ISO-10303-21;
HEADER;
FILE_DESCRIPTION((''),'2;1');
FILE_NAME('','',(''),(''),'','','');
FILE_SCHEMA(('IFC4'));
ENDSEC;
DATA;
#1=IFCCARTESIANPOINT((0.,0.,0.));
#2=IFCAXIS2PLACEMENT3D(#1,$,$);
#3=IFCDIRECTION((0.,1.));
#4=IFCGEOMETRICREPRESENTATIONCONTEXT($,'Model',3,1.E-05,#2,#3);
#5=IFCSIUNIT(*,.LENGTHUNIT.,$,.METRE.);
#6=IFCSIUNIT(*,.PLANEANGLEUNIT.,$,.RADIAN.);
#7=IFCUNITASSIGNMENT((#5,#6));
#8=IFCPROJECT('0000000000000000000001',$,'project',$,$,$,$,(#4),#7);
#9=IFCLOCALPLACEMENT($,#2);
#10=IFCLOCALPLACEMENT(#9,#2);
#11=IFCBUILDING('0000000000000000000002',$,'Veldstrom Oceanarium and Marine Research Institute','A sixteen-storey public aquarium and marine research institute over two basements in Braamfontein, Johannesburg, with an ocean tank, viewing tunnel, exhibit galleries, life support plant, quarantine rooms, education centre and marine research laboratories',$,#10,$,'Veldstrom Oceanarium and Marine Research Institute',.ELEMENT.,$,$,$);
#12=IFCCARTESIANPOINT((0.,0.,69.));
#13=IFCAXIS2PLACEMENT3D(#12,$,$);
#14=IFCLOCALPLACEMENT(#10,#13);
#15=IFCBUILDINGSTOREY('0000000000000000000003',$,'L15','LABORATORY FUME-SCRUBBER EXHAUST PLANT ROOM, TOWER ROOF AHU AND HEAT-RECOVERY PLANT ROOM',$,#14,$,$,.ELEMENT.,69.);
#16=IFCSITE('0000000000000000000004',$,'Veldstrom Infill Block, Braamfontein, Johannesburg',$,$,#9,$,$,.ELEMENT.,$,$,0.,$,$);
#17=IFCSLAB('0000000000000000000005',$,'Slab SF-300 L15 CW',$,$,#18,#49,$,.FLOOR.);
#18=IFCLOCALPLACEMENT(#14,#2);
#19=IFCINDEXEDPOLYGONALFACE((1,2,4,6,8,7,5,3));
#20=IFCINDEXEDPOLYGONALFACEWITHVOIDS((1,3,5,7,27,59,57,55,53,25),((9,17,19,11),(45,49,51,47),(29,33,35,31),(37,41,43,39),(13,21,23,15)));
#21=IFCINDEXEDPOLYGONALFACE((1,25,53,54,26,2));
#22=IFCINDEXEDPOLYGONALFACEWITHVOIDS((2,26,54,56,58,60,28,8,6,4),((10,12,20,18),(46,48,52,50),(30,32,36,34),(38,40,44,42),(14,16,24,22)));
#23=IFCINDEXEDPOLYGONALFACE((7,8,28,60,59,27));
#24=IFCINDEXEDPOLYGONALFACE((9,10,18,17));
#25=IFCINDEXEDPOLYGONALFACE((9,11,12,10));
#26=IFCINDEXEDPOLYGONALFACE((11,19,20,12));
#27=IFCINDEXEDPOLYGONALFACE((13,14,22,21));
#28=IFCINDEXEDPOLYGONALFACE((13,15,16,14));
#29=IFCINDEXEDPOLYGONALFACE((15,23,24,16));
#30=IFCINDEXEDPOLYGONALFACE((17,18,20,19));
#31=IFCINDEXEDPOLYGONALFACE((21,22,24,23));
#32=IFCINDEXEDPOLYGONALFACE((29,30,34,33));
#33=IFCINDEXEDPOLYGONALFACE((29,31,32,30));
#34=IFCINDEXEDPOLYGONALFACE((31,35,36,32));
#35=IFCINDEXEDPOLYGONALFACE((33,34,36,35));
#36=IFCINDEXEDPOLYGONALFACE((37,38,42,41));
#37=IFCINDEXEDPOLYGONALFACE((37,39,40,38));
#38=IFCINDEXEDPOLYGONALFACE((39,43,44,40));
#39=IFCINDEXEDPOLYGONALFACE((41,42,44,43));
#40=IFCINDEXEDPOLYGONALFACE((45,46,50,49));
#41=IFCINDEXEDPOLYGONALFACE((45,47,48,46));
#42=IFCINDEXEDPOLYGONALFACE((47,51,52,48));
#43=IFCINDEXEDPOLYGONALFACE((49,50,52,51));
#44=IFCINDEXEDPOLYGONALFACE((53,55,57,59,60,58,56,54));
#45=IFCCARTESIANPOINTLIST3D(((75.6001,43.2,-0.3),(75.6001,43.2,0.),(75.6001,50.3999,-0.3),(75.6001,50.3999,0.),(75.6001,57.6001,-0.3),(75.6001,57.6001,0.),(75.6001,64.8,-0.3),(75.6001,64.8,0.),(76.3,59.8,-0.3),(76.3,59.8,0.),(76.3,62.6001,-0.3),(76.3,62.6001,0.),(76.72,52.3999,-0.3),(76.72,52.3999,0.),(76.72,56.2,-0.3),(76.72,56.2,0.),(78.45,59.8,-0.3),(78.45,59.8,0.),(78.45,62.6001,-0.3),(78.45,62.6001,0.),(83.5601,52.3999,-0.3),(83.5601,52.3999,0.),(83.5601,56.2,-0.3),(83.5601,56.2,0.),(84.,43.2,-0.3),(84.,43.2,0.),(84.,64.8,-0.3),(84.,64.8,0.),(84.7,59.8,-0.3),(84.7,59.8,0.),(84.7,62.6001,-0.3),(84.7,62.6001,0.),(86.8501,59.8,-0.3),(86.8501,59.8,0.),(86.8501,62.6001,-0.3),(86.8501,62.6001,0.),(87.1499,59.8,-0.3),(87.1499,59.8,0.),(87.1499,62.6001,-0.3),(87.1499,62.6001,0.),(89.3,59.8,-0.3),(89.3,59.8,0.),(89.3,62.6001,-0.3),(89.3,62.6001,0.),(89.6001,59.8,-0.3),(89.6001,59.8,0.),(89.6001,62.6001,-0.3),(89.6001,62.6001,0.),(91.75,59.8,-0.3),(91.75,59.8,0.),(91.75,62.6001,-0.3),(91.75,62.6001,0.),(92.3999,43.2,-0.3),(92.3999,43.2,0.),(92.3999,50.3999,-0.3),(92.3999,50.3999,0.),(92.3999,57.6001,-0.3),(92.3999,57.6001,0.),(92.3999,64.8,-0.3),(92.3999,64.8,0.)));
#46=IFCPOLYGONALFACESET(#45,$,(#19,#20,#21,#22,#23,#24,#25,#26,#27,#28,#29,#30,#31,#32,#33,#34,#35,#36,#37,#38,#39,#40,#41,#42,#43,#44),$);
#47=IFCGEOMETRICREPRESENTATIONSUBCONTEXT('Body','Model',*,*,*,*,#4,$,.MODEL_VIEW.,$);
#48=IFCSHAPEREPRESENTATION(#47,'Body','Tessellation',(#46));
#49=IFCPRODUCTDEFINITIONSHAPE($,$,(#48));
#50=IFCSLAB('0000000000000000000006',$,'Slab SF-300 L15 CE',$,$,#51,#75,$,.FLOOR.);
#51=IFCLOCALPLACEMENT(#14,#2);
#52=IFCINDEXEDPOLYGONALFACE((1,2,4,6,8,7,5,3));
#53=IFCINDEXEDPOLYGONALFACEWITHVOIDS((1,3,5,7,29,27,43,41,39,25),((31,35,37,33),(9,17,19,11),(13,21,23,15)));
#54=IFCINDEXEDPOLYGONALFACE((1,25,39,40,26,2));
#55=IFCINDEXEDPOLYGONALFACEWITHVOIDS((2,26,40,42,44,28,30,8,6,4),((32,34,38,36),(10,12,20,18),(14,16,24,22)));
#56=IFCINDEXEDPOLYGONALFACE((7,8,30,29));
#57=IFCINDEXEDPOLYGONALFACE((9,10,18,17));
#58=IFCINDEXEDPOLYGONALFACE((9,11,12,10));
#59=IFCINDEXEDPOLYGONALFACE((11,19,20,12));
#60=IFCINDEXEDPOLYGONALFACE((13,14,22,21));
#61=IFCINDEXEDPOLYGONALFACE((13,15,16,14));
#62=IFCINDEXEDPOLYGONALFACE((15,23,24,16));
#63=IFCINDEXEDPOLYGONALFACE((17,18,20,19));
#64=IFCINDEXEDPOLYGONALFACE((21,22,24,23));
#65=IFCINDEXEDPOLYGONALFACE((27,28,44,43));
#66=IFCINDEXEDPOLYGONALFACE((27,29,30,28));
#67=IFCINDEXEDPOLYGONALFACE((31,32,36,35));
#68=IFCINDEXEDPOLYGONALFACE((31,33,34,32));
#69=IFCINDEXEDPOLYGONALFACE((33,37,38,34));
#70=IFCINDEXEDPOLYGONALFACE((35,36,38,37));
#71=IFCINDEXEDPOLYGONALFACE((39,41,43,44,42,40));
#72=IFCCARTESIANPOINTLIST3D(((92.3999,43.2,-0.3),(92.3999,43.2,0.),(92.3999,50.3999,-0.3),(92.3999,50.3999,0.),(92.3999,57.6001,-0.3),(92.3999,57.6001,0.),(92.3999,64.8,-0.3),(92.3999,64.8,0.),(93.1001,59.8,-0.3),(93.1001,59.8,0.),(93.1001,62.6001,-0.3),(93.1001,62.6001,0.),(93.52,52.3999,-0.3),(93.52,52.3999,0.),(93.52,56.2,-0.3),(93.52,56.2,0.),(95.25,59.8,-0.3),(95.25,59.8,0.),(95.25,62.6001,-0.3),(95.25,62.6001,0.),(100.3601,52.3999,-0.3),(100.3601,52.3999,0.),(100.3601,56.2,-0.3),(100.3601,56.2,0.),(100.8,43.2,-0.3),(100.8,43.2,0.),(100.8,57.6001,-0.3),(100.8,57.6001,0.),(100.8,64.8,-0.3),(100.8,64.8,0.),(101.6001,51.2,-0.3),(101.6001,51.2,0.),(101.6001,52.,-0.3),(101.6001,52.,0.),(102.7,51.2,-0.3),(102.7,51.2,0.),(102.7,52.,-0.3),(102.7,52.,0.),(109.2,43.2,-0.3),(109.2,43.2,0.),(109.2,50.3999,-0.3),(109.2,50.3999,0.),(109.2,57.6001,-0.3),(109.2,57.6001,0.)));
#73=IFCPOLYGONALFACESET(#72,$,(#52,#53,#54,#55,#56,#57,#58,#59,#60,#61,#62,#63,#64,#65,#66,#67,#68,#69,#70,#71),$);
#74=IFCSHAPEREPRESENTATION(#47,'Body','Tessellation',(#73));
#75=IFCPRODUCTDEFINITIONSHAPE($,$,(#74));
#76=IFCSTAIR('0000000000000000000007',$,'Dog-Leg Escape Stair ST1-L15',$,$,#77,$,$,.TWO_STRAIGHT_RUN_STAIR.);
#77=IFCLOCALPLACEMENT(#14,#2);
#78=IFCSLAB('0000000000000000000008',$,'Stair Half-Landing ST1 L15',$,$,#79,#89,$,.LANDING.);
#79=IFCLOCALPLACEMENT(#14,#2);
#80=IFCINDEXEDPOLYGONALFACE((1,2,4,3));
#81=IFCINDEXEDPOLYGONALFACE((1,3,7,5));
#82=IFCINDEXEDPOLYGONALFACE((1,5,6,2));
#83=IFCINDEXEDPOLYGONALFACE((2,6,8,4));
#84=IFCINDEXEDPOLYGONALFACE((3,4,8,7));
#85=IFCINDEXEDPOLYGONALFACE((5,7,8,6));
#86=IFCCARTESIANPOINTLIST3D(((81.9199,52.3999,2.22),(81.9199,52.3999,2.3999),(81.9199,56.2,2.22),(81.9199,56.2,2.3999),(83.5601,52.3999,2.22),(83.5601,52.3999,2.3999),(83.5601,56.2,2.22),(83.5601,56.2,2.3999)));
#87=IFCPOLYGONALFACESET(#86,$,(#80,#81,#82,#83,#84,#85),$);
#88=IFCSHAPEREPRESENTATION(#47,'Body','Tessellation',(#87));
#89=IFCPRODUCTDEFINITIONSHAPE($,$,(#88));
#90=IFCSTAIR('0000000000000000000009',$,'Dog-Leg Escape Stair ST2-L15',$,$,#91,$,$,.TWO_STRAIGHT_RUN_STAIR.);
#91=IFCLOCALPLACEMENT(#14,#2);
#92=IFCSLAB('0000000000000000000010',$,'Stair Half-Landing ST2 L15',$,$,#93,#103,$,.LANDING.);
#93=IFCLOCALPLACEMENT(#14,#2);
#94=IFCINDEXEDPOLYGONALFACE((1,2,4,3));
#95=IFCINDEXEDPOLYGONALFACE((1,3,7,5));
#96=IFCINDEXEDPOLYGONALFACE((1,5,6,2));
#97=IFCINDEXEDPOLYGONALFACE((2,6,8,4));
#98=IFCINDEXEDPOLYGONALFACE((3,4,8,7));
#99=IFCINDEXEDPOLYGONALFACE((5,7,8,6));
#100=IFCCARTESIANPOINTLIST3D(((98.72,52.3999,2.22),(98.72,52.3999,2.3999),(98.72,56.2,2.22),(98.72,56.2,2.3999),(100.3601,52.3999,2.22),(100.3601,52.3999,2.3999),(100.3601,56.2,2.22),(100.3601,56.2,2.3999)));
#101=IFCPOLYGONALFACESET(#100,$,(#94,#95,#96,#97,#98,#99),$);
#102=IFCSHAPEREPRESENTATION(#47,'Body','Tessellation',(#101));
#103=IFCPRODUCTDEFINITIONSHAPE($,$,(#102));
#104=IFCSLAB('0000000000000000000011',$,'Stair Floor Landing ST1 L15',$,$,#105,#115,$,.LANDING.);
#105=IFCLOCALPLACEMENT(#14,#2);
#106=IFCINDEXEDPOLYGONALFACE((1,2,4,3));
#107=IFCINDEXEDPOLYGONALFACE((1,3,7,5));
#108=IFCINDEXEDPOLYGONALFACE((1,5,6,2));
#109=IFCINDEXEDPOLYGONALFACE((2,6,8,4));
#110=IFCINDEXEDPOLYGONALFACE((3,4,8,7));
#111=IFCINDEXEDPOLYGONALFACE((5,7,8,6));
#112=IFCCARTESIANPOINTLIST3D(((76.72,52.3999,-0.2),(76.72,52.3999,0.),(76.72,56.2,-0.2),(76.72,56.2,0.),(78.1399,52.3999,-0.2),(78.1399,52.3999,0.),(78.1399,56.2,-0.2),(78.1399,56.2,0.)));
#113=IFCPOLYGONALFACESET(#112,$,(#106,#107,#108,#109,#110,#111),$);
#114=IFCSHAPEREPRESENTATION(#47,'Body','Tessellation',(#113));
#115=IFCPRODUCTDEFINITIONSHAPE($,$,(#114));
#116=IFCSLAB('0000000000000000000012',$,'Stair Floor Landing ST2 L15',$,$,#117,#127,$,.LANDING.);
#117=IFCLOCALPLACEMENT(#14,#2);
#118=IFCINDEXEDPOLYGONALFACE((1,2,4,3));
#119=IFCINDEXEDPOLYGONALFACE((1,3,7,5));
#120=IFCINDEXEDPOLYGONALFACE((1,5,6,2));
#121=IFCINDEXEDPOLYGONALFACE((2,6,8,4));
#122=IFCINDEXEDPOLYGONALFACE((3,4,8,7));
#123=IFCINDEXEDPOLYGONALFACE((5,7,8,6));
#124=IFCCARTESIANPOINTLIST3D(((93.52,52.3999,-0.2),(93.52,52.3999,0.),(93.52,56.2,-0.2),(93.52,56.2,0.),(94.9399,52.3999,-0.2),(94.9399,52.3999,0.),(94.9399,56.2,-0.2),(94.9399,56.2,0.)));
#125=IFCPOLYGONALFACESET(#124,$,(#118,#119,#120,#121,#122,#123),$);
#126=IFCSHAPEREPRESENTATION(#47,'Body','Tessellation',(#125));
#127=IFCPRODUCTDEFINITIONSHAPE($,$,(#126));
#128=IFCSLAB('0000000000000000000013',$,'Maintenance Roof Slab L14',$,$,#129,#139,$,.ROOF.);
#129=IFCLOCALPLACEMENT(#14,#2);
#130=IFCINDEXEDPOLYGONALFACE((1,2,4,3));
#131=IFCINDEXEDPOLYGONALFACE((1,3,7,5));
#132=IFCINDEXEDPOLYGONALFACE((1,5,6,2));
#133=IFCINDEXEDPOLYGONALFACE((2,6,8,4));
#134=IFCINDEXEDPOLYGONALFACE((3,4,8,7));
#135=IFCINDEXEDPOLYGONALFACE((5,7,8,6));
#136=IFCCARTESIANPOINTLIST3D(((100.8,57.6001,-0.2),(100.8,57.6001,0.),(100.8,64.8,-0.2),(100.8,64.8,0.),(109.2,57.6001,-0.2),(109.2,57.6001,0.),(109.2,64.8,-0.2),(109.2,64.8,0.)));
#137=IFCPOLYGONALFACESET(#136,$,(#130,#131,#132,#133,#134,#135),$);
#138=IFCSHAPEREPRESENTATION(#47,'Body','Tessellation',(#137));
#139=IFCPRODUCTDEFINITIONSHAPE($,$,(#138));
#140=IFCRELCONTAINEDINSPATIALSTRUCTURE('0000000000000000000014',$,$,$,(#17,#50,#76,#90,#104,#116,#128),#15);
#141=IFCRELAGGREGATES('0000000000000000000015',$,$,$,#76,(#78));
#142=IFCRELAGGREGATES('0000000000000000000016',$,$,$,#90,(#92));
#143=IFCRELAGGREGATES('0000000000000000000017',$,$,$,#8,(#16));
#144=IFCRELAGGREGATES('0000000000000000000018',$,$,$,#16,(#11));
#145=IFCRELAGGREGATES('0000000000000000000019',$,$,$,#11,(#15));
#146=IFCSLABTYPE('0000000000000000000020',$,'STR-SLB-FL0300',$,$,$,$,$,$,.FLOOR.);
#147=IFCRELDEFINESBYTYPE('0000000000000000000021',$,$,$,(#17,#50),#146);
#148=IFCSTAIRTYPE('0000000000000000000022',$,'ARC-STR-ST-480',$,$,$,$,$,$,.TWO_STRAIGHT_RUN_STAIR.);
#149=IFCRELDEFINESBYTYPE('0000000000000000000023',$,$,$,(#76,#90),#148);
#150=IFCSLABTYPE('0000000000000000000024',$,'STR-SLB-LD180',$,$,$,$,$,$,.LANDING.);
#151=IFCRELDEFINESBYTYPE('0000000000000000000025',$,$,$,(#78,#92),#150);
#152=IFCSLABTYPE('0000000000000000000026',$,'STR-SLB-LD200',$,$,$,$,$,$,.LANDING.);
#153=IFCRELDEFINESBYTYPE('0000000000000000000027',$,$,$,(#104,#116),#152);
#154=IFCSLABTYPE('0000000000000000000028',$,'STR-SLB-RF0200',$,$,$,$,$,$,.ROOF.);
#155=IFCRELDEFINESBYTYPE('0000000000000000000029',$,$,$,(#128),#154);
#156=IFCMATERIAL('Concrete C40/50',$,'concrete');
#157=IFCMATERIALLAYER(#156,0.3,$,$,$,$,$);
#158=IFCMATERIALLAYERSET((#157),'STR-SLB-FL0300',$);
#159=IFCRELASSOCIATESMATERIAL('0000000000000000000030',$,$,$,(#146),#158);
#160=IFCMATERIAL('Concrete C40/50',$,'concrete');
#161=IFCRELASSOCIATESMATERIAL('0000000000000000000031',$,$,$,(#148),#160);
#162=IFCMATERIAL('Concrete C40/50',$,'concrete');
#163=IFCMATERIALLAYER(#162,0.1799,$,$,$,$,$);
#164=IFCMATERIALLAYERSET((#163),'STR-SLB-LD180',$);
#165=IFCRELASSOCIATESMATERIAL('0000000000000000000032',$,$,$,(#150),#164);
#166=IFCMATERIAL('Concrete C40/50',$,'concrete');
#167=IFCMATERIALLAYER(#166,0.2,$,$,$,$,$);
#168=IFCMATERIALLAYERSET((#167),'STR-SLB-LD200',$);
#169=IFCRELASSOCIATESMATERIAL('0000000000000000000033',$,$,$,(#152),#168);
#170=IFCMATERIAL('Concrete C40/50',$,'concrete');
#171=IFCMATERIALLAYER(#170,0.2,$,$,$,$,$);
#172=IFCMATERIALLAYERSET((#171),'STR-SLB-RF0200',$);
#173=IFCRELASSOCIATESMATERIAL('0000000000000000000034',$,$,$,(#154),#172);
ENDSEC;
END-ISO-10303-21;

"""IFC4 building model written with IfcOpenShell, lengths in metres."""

from ifc_helpers import new_model, si_unit, direction, frame, origin, place, context, subcontext, project, spatial, polyline, outline, extrude, material, layer, layer_set, type_object, element, aggregate, save


model = new_model("IFC4")

# Units and contexts
model_context = context("Model", 3, precision=1e-05, world=origin(), true_north=direction((0.0, 1.0)))
body_context = subcontext(model_context, "Body", "Model", "MODEL_VIEW")
ifc_project = project(units=[si_unit("LENGTHUNIT", "METRE"), si_unit("PLANEANGLEUNIT", "RADIAN")], contexts=[model_context])

# Site, building, storey
site_placement = place(None, origin())
site = spatial("IfcSite", under=ifc_project, at=site_placement, Name="Veldstrom Infill Block, Braamfontein, Johannesburg", CompositionType="ELEMENT", RefElevation=0.0)
building_placement = place(site_placement, origin())
building = spatial("IfcBuilding", under=site, at=building_placement, Name="Veldstrom Oceanarium and Marine Research Institute", Description="A sixteen-storey public aquarium and marine research institute over two basements in Braamfontein, Johannesburg, with an ocean tank, viewing tunnel, exhibit galleries, life support plant, quarantine rooms, education centre and marine research laboratories", LongName="Veldstrom Oceanarium and Marine Research Institute", CompositionType="ELEMENT")
storey_placement = place(building_placement, frame((0.0, 0.0, 69.0)))
storey = spatial("IfcBuildingStorey", under=building, at=storey_placement, Name="L15", Description="LABORATORY FUME-SCRUBBER EXHAUST PLANT ROOM, TOWER ROOF AHU AND HEAT-RECOVERY PLANT ROOM", CompositionType="ELEMENT", Elevation=69.0)

# Slabs
ifc_material_1 = material(Name="Concrete C40/50", Category="concrete")
ifc_layer_1 = layer(ifc_material_1, 0.3)
ifc_layer_set_1 = layer_set([ifc_layer_1], Name="STR-SLB-FL0300")
slab_type_1 = type_object("IfcSlabType", Name="STR-SLB-FL0300", PredefinedType="FLOOR", material=ifc_layer_set_1)
slab_1_placement = place(storey_placement, frame((0.0, 0.0, -0.3)))
element("IfcSlab", 1, at=slab_1_placement, inside=storey, type_object=slab_type_1, Name="Slab SF-300 L15 CW", PredefinedType="FLOOR", context=body_context, shape_type="SweptSolid", body=[
    extrude(outline(polyline([(92.3999, 43.2), (84.0, 43.2), (75.6001, 43.2), (75.6001, 50.3999), (75.6001, 57.6001), (75.6001, 64.8), (84.0, 64.8), (92.3999, 64.8), (92.3999, 57.6001), (92.3999, 50.3999), (92.3999, 43.2)]), holes=[polyline([(76.72, 52.3999), (83.5601, 52.3999), (83.5601, 56.2), (76.72, 56.2), (76.72, 52.3999)]), polyline([(78.45, 62.6001), (76.3, 62.6001), (76.3, 59.8), (78.45, 59.8), (78.45, 62.6001)]), polyline([(84.7, 59.8), (86.8501, 59.8), (86.8501, 62.6001), (84.7, 62.6001), (84.7, 59.8)]), polyline([(87.1499, 62.6001), (87.1499, 59.8), (89.3, 59.8), (89.3, 62.6001), (87.1499, 62.6001)]), polyline([(91.75, 62.6001), (89.6001, 62.6001), (89.6001, 59.8), (91.75, 59.8), (91.75, 62.6001)])]), origin(), (0.0, 0.0, 1.0), 0.3),
])
slab_2_placement = place(storey_placement, frame((0.0, 0.0, -0.3)))
element("IfcSlab", 2, at=slab_2_placement, inside=storey, type_object=slab_type_1, Name="Slab SF-300 L15 CE", PredefinedType="FLOOR", context=body_context, shape_type="SweptSolid", body=[
    extrude(outline(polyline([(100.8, 43.2), (92.3999, 43.2), (92.3999, 50.3999), (92.3999, 57.6001), (92.3999, 64.8), (100.8, 64.8), (100.8, 57.6001), (109.2, 57.6001), (109.2, 50.3999), (109.2, 43.2), (100.8, 43.2)]), holes=[polyline([(93.52, 52.3999), (100.3601, 52.3999), (100.3601, 56.2), (93.52, 56.2), (93.52, 52.3999)]), polyline([(95.25, 62.6001), (93.1001, 62.6001), (93.1001, 59.8), (95.25, 59.8), (95.25, 62.6001)]), polyline([(102.7, 52.0), (101.6001, 52.0), (101.6001, 51.2), (102.7, 51.2), (102.7, 52.0)])]), origin(), (0.0, 0.0, 1.0), 0.3),
])

# Stairs, slabs
ifc_material_2 = material(Name="Concrete C40/50", Category="concrete")
stair_type = type_object("IfcStairType", Name="ARC-STR-ST-480", PredefinedType="TWO_STRAIGHT_RUN_STAIR", material=ifc_material_2)
stair_1_placement = place(storey_placement, origin())
stair_1 = element("IfcStair", 3, at=stair_1_placement, inside=storey, type_object=stair_type, Name="Dog-Leg Escape Stair ST1-L15", PredefinedType="TWO_STRAIGHT_RUN_STAIR")
ifc_material_3 = material(Name="Concrete C40/50", Category="concrete")
ifc_layer_2 = layer(ifc_material_3, 0.1799)
ifc_layer_set_2 = layer_set([ifc_layer_2], Name="STR-SLB-LD180")
slab_type_2 = type_object("IfcSlabType", Name="STR-SLB-LD180", PredefinedType="LANDING", material=ifc_layer_set_2)
slab_3_placement = place(storey_placement, frame((0.0, 0.0, 2.22)))
slab_3 = element("IfcSlab", 4, at=slab_3_placement, type_object=slab_type_2, Name="Stair Half-Landing ST1 L15", PredefinedType="LANDING", context=body_context, shape_type="SweptSolid", body=[
    extrude(outline(polyline([(81.9199, 52.3999), (83.5601, 52.3999), (83.5601, 56.2), (81.9199, 56.2), (81.9199, 52.3999)])), origin(), (0.0, 0.0, 1.0), 0.1799),
])
aggregate(stair_1, [slab_3])
stair_2_placement = place(storey_placement, origin())
stair_2 = element("IfcStair", 5, at=stair_2_placement, inside=storey, type_object=stair_type, Name="Dog-Leg Escape Stair ST2-L15", PredefinedType="TWO_STRAIGHT_RUN_STAIR")
slab_4_placement = place(storey_placement, frame((0.0, 0.0, 2.22)))
slab_4 = element("IfcSlab", 6, at=slab_4_placement, type_object=slab_type_2, Name="Stair Half-Landing ST2 L15", PredefinedType="LANDING", context=body_context, shape_type="SweptSolid", body=[
    extrude(outline(polyline([(98.72, 52.3999), (100.3601, 52.3999), (100.3601, 56.2), (98.72, 56.2), (98.72, 52.3999)])), origin(), (0.0, 0.0, 1.0), 0.1799),
])
aggregate(stair_2, [slab_4])

# Slabs
ifc_material_4 = material(Name="Concrete C40/50", Category="concrete")
ifc_layer_3 = layer(ifc_material_4, 0.2)
ifc_layer_set_3 = layer_set([ifc_layer_3], Name="STR-SLB-LD200")
slab_type_3 = type_object("IfcSlabType", Name="STR-SLB-LD200", PredefinedType="LANDING", material=ifc_layer_set_3)
slab_5_placement = place(storey_placement, frame((0.0, 0.0, -0.2)))
element("IfcSlab", 7, at=slab_5_placement, inside=storey, type_object=slab_type_3, Name="Stair Floor Landing ST1 L15", PredefinedType="LANDING", context=body_context, shape_type="SweptSolid", body=[
    extrude(outline(polyline([(76.72, 52.3999), (78.1399, 52.3999), (78.1399, 56.2), (76.72, 56.2), (76.72, 52.3999)])), origin(), (0.0, 0.0, 1.0), 0.2),
])
slab_6_placement = place(storey_placement, frame((0.0, 0.0, -0.2)))
element("IfcSlab", 8, at=slab_6_placement, inside=storey, type_object=slab_type_3, Name="Stair Floor Landing ST2 L15", PredefinedType="LANDING", context=body_context, shape_type="SweptSolid", body=[
    extrude(outline(polyline([(93.52, 52.3999), (94.9399, 52.3999), (94.9399, 56.2), (93.52, 56.2), (93.52, 52.3999)])), origin(), (0.0, 0.0, 1.0), 0.2),
])
ifc_material_5 = material(Name="Concrete C40/50", Category="concrete")
ifc_layer_4 = layer(ifc_material_5, 0.2)
ifc_layer_set_4 = layer_set([ifc_layer_4], Name="STR-SLB-RF0200")
slab_type_4 = type_object("IfcSlabType", Name="STR-SLB-RF0200", PredefinedType="ROOF", material=ifc_layer_set_4)
slab_7_placement = place(storey_placement, frame((0.0, 0.0, -0.2)))
element("IfcSlab", 9, at=slab_7_placement, inside=storey, type_object=slab_type_4, Name="Maintenance Roof Slab L14", PredefinedType="ROOF", context=body_context, shape_type="SweptSolid", body=[
    extrude(outline(polyline([(109.2, 57.6001), (109.2, 64.8), (100.8, 64.8), (100.8, 57.6001), (109.2, 57.6001)])), origin(), (0.0, 0.0, 1.0), 0.2),
])

save(model, "model.ifc")
